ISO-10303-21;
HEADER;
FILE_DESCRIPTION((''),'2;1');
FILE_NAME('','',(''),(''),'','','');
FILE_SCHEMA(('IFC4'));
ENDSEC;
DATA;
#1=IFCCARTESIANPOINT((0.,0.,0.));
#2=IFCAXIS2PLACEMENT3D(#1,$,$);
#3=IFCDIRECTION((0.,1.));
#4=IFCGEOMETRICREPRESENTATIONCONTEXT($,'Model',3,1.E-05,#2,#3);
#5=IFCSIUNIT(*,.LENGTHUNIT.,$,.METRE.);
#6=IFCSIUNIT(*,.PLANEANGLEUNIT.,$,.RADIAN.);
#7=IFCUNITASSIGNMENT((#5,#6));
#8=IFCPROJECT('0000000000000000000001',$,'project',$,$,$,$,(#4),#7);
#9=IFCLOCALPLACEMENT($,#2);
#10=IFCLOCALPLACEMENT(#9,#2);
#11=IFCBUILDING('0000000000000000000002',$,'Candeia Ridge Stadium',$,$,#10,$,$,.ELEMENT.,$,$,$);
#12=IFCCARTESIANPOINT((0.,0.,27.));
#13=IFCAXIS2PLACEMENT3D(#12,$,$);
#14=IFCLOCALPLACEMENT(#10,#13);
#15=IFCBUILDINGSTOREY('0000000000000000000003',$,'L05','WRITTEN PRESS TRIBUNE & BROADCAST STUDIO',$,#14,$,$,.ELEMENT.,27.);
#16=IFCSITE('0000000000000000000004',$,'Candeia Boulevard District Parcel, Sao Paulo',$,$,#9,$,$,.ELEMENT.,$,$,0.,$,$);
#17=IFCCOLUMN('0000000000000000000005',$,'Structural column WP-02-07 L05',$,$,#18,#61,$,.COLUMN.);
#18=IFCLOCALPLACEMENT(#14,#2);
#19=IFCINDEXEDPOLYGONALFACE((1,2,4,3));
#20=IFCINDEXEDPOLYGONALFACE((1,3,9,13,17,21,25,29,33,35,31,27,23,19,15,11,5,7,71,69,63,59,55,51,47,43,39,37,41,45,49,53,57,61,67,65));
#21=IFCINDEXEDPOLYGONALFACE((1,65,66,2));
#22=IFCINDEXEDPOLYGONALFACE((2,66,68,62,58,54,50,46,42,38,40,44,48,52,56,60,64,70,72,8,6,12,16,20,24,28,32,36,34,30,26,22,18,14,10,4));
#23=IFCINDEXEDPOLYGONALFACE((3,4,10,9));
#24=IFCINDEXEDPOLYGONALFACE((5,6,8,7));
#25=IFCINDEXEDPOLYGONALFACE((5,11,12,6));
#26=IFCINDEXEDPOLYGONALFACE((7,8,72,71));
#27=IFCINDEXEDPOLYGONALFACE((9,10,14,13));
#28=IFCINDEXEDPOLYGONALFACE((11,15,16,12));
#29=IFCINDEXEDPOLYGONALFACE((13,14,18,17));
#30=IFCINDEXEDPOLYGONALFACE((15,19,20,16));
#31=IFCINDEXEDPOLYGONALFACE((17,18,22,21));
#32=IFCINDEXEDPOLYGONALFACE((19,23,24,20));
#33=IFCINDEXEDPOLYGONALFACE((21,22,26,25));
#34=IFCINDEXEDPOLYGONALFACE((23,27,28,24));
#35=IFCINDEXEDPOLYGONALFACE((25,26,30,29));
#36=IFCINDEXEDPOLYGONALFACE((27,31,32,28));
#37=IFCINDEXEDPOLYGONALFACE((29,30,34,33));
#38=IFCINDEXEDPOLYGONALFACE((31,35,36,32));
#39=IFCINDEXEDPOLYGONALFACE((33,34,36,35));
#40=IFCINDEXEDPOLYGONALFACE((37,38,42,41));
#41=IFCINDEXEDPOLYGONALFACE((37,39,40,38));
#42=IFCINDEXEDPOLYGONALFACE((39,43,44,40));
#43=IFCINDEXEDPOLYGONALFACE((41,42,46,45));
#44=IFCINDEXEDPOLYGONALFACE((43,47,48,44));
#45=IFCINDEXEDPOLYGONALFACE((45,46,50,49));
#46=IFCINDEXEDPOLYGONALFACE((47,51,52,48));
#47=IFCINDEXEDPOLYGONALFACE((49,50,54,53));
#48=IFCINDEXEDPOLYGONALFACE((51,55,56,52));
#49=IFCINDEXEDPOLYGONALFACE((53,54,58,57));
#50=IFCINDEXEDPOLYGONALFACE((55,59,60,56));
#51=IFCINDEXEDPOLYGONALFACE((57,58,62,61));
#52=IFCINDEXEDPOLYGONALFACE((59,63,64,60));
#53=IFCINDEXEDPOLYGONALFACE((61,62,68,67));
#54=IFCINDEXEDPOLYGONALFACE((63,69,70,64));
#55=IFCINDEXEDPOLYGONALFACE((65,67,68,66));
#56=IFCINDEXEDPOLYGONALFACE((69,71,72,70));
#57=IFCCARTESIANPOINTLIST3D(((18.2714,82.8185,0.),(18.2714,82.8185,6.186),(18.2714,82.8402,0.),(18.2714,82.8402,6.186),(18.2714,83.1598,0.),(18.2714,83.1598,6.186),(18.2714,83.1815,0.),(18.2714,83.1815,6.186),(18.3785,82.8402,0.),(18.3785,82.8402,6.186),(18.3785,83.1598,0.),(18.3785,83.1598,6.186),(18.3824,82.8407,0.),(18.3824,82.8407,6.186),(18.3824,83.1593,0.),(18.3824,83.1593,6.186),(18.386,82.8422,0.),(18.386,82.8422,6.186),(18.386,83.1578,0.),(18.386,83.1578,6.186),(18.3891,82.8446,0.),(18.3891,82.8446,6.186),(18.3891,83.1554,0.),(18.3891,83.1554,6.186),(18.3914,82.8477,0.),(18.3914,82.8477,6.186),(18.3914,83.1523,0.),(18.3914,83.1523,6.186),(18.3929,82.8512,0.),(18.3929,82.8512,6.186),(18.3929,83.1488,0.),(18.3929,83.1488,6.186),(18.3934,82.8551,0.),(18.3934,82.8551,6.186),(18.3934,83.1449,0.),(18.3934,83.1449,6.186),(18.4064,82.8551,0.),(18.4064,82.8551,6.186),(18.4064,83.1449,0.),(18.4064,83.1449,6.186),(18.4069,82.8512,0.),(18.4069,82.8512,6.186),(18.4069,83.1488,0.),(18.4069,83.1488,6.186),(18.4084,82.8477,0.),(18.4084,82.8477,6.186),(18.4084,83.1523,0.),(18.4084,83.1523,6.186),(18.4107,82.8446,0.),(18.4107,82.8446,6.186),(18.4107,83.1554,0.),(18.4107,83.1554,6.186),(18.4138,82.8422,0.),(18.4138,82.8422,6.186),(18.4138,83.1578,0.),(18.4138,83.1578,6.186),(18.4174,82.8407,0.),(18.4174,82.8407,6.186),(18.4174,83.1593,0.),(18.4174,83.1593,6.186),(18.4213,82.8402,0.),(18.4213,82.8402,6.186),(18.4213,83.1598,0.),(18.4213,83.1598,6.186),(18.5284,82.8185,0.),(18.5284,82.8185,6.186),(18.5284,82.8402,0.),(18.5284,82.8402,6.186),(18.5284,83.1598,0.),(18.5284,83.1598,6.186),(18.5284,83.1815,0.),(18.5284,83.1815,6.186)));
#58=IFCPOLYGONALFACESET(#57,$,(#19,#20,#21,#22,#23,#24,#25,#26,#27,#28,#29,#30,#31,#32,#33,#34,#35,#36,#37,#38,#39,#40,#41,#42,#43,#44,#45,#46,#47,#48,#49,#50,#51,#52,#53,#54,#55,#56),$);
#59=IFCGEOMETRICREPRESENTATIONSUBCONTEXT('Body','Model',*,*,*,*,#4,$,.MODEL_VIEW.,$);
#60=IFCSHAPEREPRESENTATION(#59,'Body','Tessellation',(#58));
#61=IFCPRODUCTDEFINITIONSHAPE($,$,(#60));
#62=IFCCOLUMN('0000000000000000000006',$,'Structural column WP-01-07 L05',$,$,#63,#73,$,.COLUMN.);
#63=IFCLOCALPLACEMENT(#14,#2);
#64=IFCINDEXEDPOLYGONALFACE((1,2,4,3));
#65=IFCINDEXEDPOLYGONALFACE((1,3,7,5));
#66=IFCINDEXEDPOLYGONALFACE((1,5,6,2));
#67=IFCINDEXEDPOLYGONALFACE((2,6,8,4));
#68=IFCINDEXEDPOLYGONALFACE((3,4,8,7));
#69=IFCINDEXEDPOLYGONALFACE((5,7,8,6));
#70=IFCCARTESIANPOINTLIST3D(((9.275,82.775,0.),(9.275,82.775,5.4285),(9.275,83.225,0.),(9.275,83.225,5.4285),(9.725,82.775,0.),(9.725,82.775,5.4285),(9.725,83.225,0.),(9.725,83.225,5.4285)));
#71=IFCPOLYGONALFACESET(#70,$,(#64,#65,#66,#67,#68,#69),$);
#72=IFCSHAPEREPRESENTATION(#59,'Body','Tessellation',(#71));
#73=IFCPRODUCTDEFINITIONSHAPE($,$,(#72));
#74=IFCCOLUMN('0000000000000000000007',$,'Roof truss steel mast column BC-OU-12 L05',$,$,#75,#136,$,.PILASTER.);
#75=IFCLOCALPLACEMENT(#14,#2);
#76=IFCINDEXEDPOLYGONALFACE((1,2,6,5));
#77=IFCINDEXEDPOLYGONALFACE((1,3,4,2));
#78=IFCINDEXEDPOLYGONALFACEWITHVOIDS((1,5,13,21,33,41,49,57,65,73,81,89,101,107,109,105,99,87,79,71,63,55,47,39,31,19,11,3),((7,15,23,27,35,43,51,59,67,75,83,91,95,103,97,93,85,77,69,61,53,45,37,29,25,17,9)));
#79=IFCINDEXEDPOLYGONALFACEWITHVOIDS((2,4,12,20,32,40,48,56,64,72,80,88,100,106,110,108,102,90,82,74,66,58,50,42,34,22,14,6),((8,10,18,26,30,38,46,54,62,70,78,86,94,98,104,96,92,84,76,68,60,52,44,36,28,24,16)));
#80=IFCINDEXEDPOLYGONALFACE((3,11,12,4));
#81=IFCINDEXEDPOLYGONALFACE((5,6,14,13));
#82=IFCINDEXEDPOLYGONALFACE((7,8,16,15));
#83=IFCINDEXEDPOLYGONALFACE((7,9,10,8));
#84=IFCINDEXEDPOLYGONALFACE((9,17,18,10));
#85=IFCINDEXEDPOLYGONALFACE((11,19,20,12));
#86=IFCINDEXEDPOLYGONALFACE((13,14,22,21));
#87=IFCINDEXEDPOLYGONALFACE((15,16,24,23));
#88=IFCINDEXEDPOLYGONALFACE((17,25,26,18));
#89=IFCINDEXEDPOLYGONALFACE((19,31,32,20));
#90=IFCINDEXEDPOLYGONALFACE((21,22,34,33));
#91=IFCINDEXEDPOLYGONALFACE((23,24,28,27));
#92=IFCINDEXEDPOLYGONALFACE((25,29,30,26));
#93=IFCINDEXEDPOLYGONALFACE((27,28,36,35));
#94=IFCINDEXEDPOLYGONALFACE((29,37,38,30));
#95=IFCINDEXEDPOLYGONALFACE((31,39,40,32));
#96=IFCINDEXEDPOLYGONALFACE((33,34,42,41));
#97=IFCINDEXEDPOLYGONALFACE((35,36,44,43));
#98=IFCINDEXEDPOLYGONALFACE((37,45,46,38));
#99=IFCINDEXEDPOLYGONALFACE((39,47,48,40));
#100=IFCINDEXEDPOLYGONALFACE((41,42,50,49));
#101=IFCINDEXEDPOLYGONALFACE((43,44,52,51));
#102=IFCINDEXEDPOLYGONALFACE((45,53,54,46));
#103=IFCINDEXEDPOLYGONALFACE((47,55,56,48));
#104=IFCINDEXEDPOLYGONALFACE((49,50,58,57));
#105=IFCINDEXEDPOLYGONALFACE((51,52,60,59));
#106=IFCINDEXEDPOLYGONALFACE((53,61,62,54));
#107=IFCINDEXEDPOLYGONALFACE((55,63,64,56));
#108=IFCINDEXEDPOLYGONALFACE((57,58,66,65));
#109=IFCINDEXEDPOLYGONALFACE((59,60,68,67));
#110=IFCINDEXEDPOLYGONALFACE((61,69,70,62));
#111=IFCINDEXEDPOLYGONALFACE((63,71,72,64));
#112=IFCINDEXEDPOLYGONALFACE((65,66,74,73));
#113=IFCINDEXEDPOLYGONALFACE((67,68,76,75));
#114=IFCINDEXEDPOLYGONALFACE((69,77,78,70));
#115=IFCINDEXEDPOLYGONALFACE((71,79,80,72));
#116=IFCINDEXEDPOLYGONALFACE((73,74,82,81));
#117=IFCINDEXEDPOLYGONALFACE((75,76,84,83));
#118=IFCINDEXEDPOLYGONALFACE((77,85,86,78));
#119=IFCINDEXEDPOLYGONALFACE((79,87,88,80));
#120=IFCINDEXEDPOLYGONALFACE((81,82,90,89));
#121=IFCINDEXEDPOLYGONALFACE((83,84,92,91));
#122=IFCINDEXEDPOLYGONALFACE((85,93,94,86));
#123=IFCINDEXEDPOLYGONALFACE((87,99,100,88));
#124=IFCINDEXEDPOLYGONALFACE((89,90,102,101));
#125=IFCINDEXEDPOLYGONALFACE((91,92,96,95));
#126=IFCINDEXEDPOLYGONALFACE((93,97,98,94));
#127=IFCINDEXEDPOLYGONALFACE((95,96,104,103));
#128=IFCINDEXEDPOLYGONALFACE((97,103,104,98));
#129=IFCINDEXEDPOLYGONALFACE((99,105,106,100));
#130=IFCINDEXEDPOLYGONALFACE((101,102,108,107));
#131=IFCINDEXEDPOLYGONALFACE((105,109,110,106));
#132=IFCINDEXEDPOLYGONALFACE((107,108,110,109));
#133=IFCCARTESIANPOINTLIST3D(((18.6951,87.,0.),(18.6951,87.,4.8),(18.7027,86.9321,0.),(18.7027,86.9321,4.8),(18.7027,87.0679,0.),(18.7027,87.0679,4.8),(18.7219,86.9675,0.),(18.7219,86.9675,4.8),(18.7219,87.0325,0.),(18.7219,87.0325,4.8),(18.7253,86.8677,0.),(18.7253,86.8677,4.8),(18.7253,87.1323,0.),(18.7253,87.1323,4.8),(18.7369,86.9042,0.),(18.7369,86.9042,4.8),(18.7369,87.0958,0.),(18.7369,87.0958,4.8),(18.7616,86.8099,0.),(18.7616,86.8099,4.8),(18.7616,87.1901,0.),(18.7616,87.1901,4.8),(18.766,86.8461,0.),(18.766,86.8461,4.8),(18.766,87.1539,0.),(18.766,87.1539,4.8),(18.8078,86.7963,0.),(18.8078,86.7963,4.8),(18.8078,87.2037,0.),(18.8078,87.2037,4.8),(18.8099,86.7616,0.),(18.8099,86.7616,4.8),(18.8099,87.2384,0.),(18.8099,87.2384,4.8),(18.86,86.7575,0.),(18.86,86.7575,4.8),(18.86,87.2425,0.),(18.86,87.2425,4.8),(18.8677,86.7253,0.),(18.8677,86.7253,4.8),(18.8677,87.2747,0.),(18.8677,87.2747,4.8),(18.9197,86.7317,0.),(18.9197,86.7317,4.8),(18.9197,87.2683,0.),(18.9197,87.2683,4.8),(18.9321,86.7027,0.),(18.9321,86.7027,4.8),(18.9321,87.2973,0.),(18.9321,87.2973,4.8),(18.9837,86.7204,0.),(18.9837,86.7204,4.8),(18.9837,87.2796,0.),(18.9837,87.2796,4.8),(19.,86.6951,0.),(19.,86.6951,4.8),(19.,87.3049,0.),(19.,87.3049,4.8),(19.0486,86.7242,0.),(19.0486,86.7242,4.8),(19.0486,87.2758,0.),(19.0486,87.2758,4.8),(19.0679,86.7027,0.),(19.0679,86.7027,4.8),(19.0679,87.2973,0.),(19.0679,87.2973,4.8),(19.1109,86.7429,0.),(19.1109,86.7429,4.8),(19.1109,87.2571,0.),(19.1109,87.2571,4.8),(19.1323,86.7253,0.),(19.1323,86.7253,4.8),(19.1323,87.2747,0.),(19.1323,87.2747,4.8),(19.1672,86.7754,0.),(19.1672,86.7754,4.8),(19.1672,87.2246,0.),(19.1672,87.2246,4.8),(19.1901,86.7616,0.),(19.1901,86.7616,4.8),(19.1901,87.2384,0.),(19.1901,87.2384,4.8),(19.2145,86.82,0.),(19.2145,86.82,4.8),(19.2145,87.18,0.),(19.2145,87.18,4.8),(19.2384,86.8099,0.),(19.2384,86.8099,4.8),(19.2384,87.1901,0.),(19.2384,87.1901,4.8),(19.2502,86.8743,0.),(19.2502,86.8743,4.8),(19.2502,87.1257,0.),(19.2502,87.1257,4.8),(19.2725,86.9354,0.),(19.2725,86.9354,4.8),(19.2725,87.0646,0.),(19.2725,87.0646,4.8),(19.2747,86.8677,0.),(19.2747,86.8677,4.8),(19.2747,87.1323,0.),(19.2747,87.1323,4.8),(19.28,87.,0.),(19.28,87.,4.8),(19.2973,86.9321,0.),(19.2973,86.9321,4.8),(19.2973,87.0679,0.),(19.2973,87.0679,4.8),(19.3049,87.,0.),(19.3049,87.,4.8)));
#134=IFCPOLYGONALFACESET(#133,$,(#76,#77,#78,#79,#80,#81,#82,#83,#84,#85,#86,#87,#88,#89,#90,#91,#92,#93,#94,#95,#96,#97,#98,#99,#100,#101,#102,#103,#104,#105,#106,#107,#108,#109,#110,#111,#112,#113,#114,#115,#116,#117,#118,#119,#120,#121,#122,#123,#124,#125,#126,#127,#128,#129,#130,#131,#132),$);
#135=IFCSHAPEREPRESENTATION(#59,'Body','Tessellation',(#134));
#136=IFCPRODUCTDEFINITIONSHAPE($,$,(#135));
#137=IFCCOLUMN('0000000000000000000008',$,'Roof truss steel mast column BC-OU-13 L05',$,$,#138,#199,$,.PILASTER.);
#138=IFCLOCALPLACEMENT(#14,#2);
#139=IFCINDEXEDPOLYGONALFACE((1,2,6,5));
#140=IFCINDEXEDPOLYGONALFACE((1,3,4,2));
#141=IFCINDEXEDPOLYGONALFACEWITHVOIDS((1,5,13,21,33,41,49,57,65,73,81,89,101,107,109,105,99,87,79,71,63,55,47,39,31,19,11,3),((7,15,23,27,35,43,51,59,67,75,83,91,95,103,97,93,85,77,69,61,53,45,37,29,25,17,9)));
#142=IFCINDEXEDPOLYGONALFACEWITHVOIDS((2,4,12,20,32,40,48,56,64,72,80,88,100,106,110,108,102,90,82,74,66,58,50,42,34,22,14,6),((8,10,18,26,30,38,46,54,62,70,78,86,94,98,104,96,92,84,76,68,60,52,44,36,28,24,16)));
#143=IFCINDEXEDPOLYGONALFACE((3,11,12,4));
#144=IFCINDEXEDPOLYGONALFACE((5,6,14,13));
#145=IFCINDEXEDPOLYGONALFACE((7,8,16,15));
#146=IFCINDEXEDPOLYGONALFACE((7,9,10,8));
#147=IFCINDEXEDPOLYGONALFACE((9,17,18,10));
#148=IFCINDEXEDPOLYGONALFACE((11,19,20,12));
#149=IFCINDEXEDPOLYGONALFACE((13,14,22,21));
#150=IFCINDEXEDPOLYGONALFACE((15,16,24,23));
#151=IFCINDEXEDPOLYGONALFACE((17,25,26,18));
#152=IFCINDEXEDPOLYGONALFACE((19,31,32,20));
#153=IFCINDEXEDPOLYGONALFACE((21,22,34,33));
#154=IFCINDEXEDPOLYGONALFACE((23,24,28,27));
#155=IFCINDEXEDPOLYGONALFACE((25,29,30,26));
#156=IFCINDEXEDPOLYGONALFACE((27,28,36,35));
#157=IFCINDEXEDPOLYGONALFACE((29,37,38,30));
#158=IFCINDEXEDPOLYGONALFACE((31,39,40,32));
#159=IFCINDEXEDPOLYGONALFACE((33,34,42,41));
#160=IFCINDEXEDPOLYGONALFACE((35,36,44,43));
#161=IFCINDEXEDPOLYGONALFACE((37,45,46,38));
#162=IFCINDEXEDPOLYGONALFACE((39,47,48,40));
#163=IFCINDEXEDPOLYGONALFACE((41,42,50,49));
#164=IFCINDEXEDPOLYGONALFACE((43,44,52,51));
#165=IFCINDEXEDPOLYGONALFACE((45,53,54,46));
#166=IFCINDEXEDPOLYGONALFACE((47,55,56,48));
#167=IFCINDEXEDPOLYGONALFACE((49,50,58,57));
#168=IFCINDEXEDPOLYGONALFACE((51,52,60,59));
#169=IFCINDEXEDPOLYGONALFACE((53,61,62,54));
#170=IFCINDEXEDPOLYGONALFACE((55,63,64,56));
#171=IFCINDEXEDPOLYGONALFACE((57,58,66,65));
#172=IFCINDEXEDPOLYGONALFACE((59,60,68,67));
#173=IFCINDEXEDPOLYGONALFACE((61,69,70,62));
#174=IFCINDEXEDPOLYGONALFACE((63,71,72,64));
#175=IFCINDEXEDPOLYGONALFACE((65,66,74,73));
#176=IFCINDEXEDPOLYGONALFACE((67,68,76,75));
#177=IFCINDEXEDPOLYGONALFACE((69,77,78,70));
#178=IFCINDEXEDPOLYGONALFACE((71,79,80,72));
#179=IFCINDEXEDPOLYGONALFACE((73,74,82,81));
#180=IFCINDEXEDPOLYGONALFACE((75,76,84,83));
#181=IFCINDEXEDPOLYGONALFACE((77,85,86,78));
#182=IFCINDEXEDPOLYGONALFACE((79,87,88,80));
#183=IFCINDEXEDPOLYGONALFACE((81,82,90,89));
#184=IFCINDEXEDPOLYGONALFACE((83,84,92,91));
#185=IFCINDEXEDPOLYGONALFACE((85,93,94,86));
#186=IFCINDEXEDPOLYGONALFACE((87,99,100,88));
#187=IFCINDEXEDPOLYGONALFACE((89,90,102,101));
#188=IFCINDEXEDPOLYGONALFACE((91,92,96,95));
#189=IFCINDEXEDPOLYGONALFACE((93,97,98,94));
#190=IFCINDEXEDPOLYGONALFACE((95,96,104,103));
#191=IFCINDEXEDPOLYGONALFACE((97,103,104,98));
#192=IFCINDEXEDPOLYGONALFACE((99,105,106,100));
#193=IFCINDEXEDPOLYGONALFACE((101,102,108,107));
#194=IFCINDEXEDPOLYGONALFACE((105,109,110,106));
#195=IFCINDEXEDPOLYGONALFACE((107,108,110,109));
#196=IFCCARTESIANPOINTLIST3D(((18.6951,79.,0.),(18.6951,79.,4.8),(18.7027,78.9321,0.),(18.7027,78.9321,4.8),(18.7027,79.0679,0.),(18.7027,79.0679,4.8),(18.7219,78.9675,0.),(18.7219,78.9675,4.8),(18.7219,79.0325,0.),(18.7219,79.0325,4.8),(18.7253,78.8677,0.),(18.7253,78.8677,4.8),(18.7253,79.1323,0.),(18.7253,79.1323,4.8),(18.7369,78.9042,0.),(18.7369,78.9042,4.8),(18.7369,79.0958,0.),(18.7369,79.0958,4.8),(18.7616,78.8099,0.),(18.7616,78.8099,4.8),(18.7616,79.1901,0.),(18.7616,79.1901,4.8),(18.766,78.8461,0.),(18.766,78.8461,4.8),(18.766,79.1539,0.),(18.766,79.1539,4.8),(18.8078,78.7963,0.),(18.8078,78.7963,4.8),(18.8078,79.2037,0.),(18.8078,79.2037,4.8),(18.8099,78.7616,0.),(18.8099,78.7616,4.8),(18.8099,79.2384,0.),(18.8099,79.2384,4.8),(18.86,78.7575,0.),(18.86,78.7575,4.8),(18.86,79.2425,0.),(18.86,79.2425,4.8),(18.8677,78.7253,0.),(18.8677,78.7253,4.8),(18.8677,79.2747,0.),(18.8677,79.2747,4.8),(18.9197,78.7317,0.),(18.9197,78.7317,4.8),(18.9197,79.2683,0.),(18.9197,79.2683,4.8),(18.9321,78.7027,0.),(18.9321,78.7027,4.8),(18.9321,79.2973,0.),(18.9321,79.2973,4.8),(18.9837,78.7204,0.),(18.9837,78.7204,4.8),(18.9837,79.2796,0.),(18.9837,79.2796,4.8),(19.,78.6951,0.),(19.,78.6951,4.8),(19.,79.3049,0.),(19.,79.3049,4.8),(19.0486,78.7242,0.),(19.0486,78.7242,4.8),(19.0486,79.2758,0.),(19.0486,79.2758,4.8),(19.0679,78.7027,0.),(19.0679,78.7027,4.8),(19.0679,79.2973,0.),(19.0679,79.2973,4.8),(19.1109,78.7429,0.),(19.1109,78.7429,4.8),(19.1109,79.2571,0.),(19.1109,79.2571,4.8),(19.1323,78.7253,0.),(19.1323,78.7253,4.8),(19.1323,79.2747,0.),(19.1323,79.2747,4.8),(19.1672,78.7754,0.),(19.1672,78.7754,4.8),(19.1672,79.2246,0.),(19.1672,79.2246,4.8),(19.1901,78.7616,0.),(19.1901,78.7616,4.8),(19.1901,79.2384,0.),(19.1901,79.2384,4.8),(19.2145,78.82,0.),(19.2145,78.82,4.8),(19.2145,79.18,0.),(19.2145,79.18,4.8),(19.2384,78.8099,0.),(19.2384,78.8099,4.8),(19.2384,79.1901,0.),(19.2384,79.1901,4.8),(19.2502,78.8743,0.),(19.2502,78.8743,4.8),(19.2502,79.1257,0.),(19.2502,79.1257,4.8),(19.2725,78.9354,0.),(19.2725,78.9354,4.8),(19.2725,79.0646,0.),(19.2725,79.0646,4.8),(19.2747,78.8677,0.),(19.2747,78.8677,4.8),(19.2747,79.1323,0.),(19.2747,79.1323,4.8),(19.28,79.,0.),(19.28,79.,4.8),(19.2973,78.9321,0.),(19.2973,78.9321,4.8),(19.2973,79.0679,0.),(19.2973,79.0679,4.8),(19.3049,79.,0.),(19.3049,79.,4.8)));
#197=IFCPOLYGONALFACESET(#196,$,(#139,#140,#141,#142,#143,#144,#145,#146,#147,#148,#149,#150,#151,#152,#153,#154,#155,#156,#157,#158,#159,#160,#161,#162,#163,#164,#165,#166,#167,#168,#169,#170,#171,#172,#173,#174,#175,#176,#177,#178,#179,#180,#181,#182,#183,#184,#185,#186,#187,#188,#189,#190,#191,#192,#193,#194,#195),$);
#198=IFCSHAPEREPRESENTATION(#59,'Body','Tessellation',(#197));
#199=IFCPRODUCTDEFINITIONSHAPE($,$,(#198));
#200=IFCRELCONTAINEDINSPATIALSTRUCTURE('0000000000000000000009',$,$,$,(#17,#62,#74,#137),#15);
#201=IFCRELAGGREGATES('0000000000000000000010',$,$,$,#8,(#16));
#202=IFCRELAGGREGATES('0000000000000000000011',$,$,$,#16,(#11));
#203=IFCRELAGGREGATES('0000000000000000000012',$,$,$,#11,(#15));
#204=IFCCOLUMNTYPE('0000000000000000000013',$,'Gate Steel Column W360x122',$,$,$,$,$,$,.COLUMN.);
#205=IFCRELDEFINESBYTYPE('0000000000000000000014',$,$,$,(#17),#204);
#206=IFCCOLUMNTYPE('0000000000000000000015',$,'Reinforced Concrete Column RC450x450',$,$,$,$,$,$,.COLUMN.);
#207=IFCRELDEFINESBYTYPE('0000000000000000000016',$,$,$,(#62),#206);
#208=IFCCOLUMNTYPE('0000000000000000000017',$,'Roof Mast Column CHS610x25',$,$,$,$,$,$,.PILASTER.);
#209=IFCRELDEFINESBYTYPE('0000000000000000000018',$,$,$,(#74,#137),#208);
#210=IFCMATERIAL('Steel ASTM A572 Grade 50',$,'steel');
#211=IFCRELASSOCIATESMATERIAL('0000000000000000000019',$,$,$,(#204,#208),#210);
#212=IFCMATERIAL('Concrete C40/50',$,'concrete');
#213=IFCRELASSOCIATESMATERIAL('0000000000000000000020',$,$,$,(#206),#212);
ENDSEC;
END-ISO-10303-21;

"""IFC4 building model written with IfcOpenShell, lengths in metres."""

from ifc_helpers import new_model, si_unit, direction, frame, origin, origin_2d, place, context, subcontext, project, spatial, rectangle, hollow_circle, i_section, extrude, material, material_profile, profile_set, type_object, element, save


model = new_model("IFC4")

# Units and contexts
model_context = context("Model", 3, precision=1e-05, world=origin(), true_north=direction((0.0, 1.0)))
body_context = subcontext(model_context, "Body", "Model", "MODEL_VIEW")
ifc_project = project(units=[si_unit("LENGTHUNIT", "METRE"), si_unit("PLANEANGLEUNIT", "RADIAN")], contexts=[model_context])

# Site, building, storey
site_placement = place(None, origin())
site = spatial("IfcSite", under=ifc_project, at=site_placement, Name="Candeia Boulevard District Parcel, Sao Paulo", CompositionType="ELEMENT", RefElevation=0.0)
building_placement = place(site_placement, origin())
building = spatial("IfcBuilding", under=site, at=building_placement, Name="Candeia Ridge Stadium", CompositionType="ELEMENT")
storey_placement = place(building_placement, frame((0.0, 0.0, 27.0)))
storey = spatial("IfcBuildingStorey", under=building, at=storey_placement, Name="L05", Description="WRITTEN PRESS TRIBUNE & BROADCAST STUDIO", CompositionType="ELEMENT", Elevation=27.0)

# Columns
ifc_material_1 = material(Name="Steel ASTM A572 Grade 50", Category="steel")
ifc_material_profile_1 = material_profile(ifc_material_1, i_section(OverallWidth=0.2571, OverallDepth=0.363, WebThickness=0.0129, FlangeThickness=0.0217, FilletRadius=0.0149, at=origin_2d()), Name="W360x122", Category="steel")
ifc_profile_set_1 = profile_set([ifc_material_profile_1], Name="Steel ASTM A572 Grade 50")
column_type_1 = type_object("IfcColumnType", Name="Gate Steel Column W360x122", PredefinedType="COLUMN", material=ifc_profile_set_1)
column_1_placement = place(storey_placement, frame((18.3999, 83.0, 0.0), z_axis=(0.0, 0.0, 1.0), x_axis=(1.0, 0.0, 0.0)))
element("IfcColumn", 1, at=column_1_placement, inside=storey, type_object=column_type_1, Name="Structural column WP-02-07 L05", PredefinedType="COLUMN", context=body_context, shape_type="SweptSolid", body=[
    extrude(i_section(OverallWidth=0.2571, OverallDepth=0.363, WebThickness=0.0129, FlangeThickness=0.0217, FilletRadius=0.0149, at=origin_2d()), origin(), (0.0, 0.0, 1.0), 6.186),
])
ifc_material_2 = material(Name="Concrete C40/50", Category="concrete")
ifc_material_profile_2 = material_profile(ifc_material_2, rectangle(XDim=0.45, YDim=0.45, at=origin_2d()), Name="RC450x450", Category="concrete")
ifc_profile_set_2 = profile_set([ifc_material_profile_2], Name="Concrete C40/50")
column_type_2 = type_object("IfcColumnType", Name="Reinforced Concrete Column RC450x450", PredefinedType="COLUMN", material=ifc_profile_set_2)
column_2_placement = place(storey_placement, frame((9.5, 83.0, 0.0), z_axis=(0.0, 0.0, 1.0), x_axis=(1.0, 0.0, 0.0)))
element("IfcColumn", 2, at=column_2_placement, inside=storey, type_object=column_type_2, Name="Structural column WP-01-07 L05", PredefinedType="COLUMN", context=body_context, shape_type="SweptSolid", body=[
    extrude(rectangle(XDim=0.45, YDim=0.45, at=origin_2d()), origin(), (0.0, 0.0, 1.0), 5.4285),
])
ifc_material_profile_3 = material_profile(ifc_material_1, hollow_circle(Radius=0.3049, WallThickness=0.0249, at=origin_2d()), Name="CHS610x25", Category="steel")
ifc_profile_set_3 = profile_set([ifc_material_profile_3], Name="Steel ASTM A572 Grade 50")
column_type_3 = type_object("IfcColumnType", Name="Roof Mast Column CHS610x25", PredefinedType="PILASTER", material=ifc_profile_set_3)
for number, where, z_axis, x_axis, name in (
    (3, (19.0, 87.0, 0.0), (0.0, 0.0, 1.0), (1.0, 0.0, 0.0), "Roof truss steel mast column BC-OU-12 L05"),
    (4, (19.0, 79.0, 0.0), (0.0, 0.0, 1.0), (1.0, 0.0, 0.0), "Roof truss steel mast column BC-OU-13 L05"),
):
    element("IfcColumn", number, at=place(storey_placement, frame(where, z_axis=z_axis, x_axis=x_axis)), inside=storey, type_object=column_type_3, Name=name, PredefinedType="PILASTER", context=body_context, shape_type="SweptSolid", body=[
        extrude(hollow_circle(Radius=0.3049, WallThickness=0.0249, at=origin_2d()), origin(), (0.0, 0.0, 1.0), 4.8),
    ])

save(model, "model.ifc")
